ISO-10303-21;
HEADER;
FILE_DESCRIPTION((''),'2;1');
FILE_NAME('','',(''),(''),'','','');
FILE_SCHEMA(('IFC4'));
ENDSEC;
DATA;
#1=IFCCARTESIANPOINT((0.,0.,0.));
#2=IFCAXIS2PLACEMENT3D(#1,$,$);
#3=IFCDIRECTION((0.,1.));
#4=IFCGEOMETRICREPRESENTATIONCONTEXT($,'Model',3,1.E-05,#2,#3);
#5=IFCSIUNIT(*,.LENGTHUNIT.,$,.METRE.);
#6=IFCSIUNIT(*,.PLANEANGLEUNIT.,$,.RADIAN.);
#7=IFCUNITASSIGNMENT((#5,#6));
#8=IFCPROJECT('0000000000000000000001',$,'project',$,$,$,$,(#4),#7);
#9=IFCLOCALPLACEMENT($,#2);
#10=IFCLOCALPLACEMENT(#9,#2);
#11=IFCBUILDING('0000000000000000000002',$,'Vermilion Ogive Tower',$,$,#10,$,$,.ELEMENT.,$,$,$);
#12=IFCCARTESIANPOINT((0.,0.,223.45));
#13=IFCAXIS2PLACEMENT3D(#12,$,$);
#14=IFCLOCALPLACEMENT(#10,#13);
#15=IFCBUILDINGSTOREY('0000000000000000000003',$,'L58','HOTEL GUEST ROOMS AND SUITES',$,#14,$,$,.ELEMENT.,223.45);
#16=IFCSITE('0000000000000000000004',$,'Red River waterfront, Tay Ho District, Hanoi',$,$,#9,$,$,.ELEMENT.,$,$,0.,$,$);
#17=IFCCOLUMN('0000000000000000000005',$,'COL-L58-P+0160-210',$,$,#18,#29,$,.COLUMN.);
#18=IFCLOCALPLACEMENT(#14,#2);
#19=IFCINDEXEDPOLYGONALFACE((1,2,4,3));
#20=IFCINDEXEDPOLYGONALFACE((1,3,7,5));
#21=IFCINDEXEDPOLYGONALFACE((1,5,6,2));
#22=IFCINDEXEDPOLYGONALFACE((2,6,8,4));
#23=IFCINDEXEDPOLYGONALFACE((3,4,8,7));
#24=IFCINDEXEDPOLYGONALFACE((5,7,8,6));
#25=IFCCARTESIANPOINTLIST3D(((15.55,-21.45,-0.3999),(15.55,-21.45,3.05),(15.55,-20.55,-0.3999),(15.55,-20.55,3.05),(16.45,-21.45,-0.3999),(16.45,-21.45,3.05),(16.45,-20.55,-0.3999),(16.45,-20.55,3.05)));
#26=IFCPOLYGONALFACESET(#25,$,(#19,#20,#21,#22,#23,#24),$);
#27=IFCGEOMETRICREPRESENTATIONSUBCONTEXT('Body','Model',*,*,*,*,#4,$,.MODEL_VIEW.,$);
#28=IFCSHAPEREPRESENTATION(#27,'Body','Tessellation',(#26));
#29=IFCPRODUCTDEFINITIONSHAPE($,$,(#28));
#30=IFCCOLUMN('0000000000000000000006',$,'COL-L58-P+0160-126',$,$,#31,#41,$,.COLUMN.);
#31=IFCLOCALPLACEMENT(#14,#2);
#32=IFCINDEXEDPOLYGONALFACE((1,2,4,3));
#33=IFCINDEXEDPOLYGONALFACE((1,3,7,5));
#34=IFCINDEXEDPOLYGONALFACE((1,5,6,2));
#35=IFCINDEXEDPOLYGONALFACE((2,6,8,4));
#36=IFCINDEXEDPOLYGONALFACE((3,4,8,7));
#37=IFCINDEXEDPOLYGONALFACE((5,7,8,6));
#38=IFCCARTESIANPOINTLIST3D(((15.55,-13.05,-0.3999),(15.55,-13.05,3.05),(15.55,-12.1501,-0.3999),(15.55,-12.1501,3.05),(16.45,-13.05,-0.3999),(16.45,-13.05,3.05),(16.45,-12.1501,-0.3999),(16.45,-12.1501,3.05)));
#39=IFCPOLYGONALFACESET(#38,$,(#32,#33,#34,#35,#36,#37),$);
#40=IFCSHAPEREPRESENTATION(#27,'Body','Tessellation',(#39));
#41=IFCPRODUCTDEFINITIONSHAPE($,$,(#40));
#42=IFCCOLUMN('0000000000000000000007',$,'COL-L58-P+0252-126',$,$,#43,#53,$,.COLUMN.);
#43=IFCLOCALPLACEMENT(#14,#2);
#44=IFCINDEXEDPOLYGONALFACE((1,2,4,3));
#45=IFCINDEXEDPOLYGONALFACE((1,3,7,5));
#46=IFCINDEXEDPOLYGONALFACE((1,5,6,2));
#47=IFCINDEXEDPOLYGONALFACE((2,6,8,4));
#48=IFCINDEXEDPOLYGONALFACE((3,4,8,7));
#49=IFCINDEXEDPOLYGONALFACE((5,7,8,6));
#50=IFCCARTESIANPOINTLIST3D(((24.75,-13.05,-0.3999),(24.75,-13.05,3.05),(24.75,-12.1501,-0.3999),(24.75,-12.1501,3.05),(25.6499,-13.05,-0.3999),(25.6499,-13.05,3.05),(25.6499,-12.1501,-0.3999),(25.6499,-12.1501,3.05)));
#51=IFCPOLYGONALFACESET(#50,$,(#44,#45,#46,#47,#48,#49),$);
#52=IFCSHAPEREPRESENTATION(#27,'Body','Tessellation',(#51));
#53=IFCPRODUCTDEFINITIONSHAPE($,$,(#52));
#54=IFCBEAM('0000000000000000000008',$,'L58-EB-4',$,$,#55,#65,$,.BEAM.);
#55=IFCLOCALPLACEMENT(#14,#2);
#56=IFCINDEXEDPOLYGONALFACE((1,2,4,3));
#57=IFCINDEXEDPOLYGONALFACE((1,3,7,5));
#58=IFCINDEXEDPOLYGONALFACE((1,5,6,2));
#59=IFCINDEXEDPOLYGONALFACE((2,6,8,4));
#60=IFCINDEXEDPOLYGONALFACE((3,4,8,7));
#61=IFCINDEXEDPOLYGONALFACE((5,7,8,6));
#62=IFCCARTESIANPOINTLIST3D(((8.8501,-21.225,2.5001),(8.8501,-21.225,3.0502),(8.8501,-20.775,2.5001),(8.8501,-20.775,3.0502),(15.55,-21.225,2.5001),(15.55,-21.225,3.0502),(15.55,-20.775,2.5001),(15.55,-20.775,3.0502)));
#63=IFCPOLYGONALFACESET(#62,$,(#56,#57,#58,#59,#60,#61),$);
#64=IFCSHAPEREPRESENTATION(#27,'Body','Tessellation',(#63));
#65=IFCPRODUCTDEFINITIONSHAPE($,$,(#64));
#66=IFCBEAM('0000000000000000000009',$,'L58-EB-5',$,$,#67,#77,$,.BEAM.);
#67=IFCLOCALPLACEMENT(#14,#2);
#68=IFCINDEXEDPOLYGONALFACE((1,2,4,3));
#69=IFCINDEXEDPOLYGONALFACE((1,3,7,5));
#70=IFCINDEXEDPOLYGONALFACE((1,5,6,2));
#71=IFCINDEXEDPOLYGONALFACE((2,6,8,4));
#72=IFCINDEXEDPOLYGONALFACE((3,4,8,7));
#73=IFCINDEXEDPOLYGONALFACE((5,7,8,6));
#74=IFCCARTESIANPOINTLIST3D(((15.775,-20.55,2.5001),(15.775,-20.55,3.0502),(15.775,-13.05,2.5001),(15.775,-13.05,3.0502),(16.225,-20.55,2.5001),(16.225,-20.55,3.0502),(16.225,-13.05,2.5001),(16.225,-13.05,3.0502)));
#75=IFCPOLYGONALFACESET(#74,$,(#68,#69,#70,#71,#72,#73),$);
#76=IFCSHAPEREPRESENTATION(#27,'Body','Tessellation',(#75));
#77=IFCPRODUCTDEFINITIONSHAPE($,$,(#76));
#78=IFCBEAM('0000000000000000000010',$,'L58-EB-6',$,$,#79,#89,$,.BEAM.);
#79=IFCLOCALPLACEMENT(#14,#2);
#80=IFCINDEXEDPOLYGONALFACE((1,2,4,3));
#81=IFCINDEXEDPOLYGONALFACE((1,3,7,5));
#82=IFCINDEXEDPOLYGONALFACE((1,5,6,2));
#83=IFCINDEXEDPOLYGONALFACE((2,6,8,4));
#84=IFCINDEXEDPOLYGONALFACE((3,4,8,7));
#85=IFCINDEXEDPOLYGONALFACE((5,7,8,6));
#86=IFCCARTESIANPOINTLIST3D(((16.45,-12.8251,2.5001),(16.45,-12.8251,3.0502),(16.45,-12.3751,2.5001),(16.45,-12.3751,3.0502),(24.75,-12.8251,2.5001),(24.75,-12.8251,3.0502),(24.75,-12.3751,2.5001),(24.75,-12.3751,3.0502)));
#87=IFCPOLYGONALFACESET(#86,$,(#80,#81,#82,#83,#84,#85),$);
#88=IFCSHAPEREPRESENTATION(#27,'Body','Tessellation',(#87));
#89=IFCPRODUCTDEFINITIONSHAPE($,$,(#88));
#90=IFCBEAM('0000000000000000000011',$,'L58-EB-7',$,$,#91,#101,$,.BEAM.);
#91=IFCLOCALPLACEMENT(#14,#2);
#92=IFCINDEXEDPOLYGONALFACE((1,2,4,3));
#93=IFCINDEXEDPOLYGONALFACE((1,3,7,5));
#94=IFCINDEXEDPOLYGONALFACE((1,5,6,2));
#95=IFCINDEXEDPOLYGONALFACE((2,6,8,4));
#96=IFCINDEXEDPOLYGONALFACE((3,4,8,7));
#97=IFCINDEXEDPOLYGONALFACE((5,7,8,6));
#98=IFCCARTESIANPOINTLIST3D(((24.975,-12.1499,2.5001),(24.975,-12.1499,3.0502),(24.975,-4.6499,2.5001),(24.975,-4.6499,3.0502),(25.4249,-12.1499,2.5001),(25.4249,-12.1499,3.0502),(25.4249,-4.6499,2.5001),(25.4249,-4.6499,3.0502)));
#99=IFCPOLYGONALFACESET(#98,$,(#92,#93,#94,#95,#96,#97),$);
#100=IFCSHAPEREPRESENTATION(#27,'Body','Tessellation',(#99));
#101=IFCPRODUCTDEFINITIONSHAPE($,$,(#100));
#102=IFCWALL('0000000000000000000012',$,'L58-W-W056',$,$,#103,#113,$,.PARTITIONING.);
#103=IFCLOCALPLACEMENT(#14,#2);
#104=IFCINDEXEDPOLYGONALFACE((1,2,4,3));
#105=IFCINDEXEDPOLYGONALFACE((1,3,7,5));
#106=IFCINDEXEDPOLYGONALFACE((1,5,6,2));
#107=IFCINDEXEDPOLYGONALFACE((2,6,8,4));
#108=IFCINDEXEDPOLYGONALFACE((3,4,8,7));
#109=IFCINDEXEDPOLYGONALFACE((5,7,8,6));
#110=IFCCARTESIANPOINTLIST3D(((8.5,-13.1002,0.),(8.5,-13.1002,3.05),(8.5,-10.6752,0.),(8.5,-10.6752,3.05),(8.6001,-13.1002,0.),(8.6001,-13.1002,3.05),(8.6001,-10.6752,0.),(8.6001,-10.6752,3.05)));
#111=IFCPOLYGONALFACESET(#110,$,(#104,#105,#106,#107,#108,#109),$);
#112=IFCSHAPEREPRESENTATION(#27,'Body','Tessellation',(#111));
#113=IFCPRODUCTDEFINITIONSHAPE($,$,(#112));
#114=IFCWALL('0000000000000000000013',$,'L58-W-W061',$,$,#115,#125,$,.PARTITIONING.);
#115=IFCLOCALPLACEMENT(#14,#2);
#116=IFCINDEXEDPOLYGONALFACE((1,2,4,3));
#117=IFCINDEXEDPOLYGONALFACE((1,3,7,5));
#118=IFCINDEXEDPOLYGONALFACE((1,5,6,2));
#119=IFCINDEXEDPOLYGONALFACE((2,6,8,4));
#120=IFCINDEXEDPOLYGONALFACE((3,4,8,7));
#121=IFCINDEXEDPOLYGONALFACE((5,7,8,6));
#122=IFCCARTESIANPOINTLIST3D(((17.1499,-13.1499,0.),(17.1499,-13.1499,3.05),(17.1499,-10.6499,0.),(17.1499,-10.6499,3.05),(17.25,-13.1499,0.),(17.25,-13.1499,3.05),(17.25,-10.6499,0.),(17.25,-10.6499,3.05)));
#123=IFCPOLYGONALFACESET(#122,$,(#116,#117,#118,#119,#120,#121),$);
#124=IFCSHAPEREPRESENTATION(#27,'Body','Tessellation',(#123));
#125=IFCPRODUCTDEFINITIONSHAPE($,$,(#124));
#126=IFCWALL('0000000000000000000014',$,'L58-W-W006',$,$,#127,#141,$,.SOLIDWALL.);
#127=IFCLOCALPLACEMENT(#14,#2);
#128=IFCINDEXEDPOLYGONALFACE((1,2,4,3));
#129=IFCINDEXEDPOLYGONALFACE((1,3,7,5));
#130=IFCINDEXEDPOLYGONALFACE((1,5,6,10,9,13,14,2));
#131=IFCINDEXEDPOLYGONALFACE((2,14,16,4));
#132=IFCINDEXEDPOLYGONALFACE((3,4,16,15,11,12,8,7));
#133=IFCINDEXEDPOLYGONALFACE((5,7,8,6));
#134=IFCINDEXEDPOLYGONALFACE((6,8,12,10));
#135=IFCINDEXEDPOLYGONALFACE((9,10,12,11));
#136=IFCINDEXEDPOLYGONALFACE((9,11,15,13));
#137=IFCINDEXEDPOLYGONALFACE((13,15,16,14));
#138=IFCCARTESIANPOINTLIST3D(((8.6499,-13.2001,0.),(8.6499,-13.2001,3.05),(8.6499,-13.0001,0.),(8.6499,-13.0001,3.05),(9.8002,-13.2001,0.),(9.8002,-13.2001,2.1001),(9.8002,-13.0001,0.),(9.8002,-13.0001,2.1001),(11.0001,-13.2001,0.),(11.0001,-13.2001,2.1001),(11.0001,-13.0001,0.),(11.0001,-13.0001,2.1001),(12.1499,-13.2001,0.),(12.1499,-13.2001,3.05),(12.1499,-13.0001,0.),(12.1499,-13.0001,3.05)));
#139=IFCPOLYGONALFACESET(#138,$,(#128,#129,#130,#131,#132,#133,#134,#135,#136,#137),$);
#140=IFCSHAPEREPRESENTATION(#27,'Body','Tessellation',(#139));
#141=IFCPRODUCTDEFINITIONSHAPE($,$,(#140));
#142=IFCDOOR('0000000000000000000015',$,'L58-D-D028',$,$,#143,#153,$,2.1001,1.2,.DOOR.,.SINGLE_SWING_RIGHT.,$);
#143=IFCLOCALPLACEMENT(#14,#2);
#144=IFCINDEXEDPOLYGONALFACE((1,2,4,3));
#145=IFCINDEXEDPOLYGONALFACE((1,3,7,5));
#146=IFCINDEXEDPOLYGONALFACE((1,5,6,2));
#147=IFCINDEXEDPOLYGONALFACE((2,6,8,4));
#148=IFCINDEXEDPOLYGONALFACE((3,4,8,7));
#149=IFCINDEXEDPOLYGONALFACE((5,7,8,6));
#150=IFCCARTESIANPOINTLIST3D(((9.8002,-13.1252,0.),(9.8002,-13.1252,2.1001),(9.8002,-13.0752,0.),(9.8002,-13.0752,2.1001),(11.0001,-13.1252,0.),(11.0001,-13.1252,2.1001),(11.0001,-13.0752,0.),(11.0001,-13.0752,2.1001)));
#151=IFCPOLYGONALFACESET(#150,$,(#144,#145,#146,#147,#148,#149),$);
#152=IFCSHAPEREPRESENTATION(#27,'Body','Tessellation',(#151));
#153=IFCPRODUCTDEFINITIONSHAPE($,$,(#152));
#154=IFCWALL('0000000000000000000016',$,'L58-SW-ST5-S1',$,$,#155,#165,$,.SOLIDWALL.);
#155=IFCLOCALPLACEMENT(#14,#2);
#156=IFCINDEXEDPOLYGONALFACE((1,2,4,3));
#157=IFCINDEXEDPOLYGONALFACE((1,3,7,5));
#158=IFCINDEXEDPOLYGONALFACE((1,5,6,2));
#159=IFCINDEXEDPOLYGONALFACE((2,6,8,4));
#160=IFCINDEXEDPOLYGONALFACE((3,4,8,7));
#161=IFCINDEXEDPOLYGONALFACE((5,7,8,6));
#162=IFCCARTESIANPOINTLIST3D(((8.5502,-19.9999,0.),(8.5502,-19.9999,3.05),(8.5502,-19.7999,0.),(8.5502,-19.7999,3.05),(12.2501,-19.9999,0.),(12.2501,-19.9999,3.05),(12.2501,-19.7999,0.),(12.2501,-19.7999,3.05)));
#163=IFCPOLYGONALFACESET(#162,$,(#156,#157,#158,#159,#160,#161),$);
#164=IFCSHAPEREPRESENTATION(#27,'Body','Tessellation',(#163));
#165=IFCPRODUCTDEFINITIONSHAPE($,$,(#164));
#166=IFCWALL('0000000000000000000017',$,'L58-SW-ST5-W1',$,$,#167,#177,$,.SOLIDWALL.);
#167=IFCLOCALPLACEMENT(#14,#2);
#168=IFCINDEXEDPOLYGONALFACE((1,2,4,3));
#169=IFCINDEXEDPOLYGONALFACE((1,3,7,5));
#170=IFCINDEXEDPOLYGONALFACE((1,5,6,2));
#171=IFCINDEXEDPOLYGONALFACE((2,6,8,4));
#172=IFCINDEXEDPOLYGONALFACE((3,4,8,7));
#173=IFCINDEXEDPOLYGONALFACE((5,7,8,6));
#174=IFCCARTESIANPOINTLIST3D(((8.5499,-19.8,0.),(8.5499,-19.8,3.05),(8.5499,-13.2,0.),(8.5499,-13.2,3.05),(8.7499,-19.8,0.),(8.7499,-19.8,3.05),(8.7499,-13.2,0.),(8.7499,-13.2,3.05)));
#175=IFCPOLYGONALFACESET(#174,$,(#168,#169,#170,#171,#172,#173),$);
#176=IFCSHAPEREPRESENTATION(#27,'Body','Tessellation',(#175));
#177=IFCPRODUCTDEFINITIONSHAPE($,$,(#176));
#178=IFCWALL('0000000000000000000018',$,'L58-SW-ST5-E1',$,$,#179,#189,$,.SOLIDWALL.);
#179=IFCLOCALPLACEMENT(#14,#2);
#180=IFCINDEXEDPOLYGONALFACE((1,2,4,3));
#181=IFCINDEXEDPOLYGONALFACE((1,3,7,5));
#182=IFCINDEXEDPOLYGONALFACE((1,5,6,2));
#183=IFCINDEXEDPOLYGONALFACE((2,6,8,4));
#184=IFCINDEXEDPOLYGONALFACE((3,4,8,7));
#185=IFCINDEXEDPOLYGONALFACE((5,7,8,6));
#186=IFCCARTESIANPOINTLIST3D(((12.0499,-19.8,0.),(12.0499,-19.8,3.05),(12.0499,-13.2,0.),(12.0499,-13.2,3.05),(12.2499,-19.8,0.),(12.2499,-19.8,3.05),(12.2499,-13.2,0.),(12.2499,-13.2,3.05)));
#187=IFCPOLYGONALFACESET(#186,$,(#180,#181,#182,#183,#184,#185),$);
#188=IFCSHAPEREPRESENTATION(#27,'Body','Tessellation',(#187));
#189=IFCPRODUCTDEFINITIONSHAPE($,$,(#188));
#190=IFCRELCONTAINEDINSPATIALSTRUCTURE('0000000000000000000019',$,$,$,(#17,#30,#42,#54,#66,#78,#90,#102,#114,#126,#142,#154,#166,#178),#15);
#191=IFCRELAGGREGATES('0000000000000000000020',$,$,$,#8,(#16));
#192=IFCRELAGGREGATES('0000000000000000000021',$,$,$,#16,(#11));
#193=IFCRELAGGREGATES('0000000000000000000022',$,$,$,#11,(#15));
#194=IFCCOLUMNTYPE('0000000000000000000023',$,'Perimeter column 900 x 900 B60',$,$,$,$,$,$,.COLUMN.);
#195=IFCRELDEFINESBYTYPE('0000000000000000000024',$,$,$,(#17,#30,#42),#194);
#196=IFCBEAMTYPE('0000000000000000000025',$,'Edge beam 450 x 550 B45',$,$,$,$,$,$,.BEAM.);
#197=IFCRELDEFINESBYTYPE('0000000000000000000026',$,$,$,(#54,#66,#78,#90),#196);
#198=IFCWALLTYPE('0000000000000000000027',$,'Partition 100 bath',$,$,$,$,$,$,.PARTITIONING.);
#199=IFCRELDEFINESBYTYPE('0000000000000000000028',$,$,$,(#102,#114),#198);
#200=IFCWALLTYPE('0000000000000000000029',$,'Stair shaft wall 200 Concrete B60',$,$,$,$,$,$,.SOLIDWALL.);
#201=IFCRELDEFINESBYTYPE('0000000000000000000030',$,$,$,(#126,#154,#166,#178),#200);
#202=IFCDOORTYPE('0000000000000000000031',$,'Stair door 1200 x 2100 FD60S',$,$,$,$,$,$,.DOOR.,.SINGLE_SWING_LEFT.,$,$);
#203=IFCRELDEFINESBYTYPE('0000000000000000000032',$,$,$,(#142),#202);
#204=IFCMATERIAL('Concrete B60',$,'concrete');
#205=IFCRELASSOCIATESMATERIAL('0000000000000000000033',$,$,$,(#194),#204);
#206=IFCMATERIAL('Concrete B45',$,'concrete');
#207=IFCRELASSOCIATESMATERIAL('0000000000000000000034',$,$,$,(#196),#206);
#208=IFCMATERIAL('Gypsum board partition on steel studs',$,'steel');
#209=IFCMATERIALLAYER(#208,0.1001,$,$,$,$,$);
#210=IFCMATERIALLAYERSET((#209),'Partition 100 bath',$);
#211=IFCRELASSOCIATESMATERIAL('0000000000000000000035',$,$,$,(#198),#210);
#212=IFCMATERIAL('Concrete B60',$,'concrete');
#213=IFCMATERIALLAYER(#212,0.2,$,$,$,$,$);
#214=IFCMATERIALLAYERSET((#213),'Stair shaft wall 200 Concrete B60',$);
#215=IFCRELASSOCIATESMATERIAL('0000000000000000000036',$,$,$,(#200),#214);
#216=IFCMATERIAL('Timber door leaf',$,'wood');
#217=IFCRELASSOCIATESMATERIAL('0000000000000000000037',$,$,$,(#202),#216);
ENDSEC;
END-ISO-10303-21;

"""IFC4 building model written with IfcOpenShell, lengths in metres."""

from ifc_helpers import new_model, si_unit, direction, frame, frame_2d, origin, origin_2d, place, context, subcontext, project, spatial, rectangle, extrude, material, layer, layer_set, material_profile, profile_set, type_object, element, fill, save


model = new_model("IFC4")

# Units and contexts
model_context = context("Model", 3, precision=1e-05, world=origin(), true_north=direction((0.0, 1.0)))
body_context = subcontext(model_context, "Body", "Model", "MODEL_VIEW")
ifc_project = project(units=[si_unit("LENGTHUNIT", "METRE"), si_unit("PLANEANGLEUNIT", "RADIAN")], contexts=[model_context])

# Site, building, storey
site_placement = place(None, origin())
site = spatial("IfcSite", under=ifc_project, at=site_placement, Name="Red River waterfront, Tay Ho District, Hanoi", CompositionType="ELEMENT", RefElevation=0.0)
building_placement = place(site_placement, origin())
building = spatial("IfcBuilding", under=site, at=building_placement, Name="Vermilion Ogive Tower", CompositionType="ELEMENT")
storey_placement = place(building_placement, frame((0.0, 0.0, 223.45)))
storey = spatial("IfcBuildingStorey", under=building, at=storey_placement, Name="L58", Description="HOTEL GUEST ROOMS AND SUITES", CompositionType="ELEMENT", Elevation=223.45)

# Columns
ifc_material_1 = material(Name="Concrete B60", Category="concrete")
ifc_material_profile_1 = material_profile(ifc_material_1, rectangle(XDim=0.8999, YDim=0.8999, at=origin_2d()), Name="900 x 900")
ifc_profile_set_1 = profile_set([ifc_material_profile_1], Name="Concrete B60")
column_type = type_object("IfcColumnType", Name="Perimeter column 900 x 900 B60", PredefinedType="COLUMN", material=ifc_profile_set_1)
for number, where, z_axis, x_axis, name in (
    (1, (16.0, -21.0, -0.3999), (0.0, 0.0, 1.0), (1.0, 0.0, 0.0), "COL-L58-P+0160-210"),
    (2, (16.0, -12.6001, -0.3999), (0.0, 0.0, 1.0), (1.0, 0.0, 0.0), "COL-L58-P+0160-126"),
    (3, (25.2, -12.6001, -0.3999), (0.0, 0.0, 1.0), (1.0, 0.0, 0.0), "COL-L58-P+0252-126"),
):
    element("IfcColumn", number, at=place(storey_placement, frame(where, z_axis=z_axis, x_axis=x_axis)), inside=storey, type_object=column_type, Name=name, PredefinedType="COLUMN", context=body_context, shape_type="SweptSolid", body=[
        extrude(rectangle(XDim=0.8999, YDim=0.8999, at=origin_2d()), origin(), (0.0, 0.0, 1.0), 3.45),
    ])

# Beams
ifc_material_2 = material(Name="Concrete B45", Category="concrete")
ifc_material_profile_2 = material_profile(ifc_material_2, rectangle(XDim=0.45, YDim=0.55, at=origin_2d()), Name="450 x 550")
ifc_profile_set_2 = profile_set([ifc_material_profile_2], Name="Concrete B45")
beam_type = type_object("IfcBeamType", Name="Edge beam 450 x 550 B45", PredefinedType="BEAM", material=ifc_profile_set_2)
beam_1_placement = place(storey_placement, frame((8.8501, -21.0, 2.7751), z_axis=(1.0, 0.0, 0.0), x_axis=(0.0, 1.0, 0.0)))
element("IfcBeam", 4, at=beam_1_placement, inside=storey, type_object=beam_type, Name="L58-EB-4", PredefinedType="BEAM", context=body_context, shape_type="SweptSolid", body=[
    extrude(rectangle(XDim=0.45, YDim=0.55, at=origin_2d()), origin(), (0.0, 0.0, 1.0), 6.7),
])
beam_2_placement = place(storey_placement, frame((16.0, -20.55, 2.7751), z_axis=(0.0, 1.0, 0.0), x_axis=(-1.0, 0.0, 0.0)))
element("IfcBeam", 5, at=beam_2_placement, inside=storey, type_object=beam_type, Name="L58-EB-5", PredefinedType="BEAM", context=body_context, shape_type="SweptSolid", body=[
    extrude(rectangle(XDim=0.45, YDim=0.55, at=origin_2d()), origin(), (0.0, 0.0, 1.0), 7.5),
])
beam_3_placement = place(storey_placement, frame((16.45, -12.6001, 2.7751), z_axis=(1.0, 0.0, 0.0), x_axis=(0.0, 1.0, 0.0)))
element("IfcBeam", 6, at=beam_3_placement, inside=storey, type_object=beam_type, Name="L58-EB-6", PredefinedType="BEAM", context=body_context, shape_type="SweptSolid", body=[
    extrude(rectangle(XDim=0.45, YDim=0.55, at=origin_2d()), origin(), (0.0, 0.0, 1.0), 8.3),
])
beam_4_placement = place(storey_placement, frame((25.2, -12.1499, 2.7751), z_axis=(0.0, 1.0, 0.0), x_axis=(-1.0, 0.0, 0.0)))
element("IfcBeam", 7, at=beam_4_placement, inside=storey, type_object=beam_type, Name="L58-EB-7", PredefinedType="BEAM", context=body_context, shape_type="SweptSolid", body=[
    extrude(rectangle(XDim=0.45, YDim=0.55, at=origin_2d()), origin(), (0.0, 0.0, 1.0), 7.5),
])

# Walls
ifc_material_3 = material(Name="Gypsum board partition on steel studs", Category="steel")
ifc_layer_1 = layer(ifc_material_3, 0.1001)
ifc_layer_set_1 = layer_set([ifc_layer_1], Name="Partition 100 bath")
wall_type_1 = type_object("IfcWallType", Name="Partition 100 bath", PredefinedType="PARTITIONING", material=ifc_layer_set_1)
wall_1_placement = place(storey_placement, frame((8.55, -13.1001, 0.0), z_axis=(0.0, 0.0, 1.0), x_axis=(0.0, 1.0, 0.0)))
element("IfcWall", 8, at=wall_1_placement, inside=storey, type_object=wall_type_1, Name="L58-W-W056", PredefinedType="PARTITIONING", context=body_context, shape_type="SweptSolid", body=[
    extrude(rectangle(XDim=2.425, YDim=0.1001, at=frame_2d((1.2124, 0.0))), origin(), (0.0, 0.0, 1.0), 3.05),
])
wall_2_placement = place(storey_placement, frame((17.2, -13.1499, 0.0), z_axis=(0.0, 0.0, 1.0), x_axis=(0.0, 1.0, 0.0)))
element("IfcWall", 9, at=wall_2_placement, inside=storey, type_object=wall_type_1, Name="L58-W-W061", PredefinedType="PARTITIONING", context=body_context, shape_type="SweptSolid", body=[
    extrude(rectangle(XDim=2.5, YDim=0.1001, at=frame_2d((1.25, 0.0))), origin(), (0.0, 0.0, 1.0), 3.05),
])

# Wall, opening, door
ifc_material_4 = material(Name="Concrete B60", Category="concrete")
ifc_layer_2 = layer(ifc_material_4, 0.2)
ifc_layer_set_2 = layer_set([ifc_layer_2], Name="Stair shaft wall 200 Concrete B60")
wall_type_2 = type_object("IfcWallType", Name="Stair shaft wall 200 Concrete B60", PredefinedType="SOLIDWALL", material=ifc_layer_set_2)
wall_3_placement = place(storey_placement, frame((8.6499, -13.1001, 0.0), z_axis=(0.0, 0.0, 1.0), x_axis=(1.0, 0.0, 0.0)))
wall_3 = element("IfcWall", 10, at=wall_3_placement, inside=storey, type_object=wall_type_2, Name="L58-W-W006", PredefinedType="SOLIDWALL", context=body_context, shape_type="SweptSolid", body=[
    extrude(rectangle(XDim=3.5, YDim=0.2, at=frame_2d((1.75, 0.0))), origin(), (0.0, 0.0, 1.0), 3.05),
])
opening_1_placement = place(wall_3_placement, frame((1.1501, 0.0, 0.0)))
opening_1 = element("IfcOpeningElement", 11, at=opening_1_placement, cuts=wall_3, PredefinedType="OPENING", context=body_context, shape_type="SweptSolid", body=[
    extrude(rectangle(XDim=1.2, YDim=2.1001, at=frame_2d((0.6001, 1.05))), frame((0.0, 0.1099, 0.0), z_axis=(0.0, -1.0, 0.0), x_axis=(1.0, 0.0, 0.0)), (0.0, 0.0, 1.0), 0.22),
])
ifc_material_5 = material(Name="Timber door leaf", Category="wood")
door_type_1 = type_object("IfcDoorType", Name="Stair door 1200 x 2100 FD60S", OperationType="SINGLE_SWING_LEFT", PredefinedType="DOOR", material=ifc_material_5)
door_1_placement = place(opening_1_placement, origin())
door_1 = element("IfcDoor", 12, at=door_1_placement, inside=storey, type_object=door_type_1, Name="L58-D-D028", OperationType="SINGLE_SWING_RIGHT", OverallHeight=2.1001, OverallWidth=1.2, PredefinedType="DOOR", context=body_context, shape_type="SweptSolid", body=[
    extrude(rectangle(XDim=1.2, YDim=2.1001, at=frame_2d((0.6001, 1.05))), frame((0.0, 0.0249, 0.0), z_axis=(0.0, -1.0, 0.0), x_axis=(1.0, 0.0, 0.0)), (0.0, 0.0, 1.0), 0.05),
])
fill(opening_1, door_1)

# Walls
wall_4_placement = place(storey_placement, frame((8.55, -19.8999, 0.0), z_axis=(0.0, 0.0, 1.0), x_axis=(1.0, 0.0, 0.0)))
element("IfcWall", 13, at=wall_4_placement, inside=storey, type_object=wall_type_2, Name="L58-SW-ST5-S1", PredefinedType="SOLIDWALL", context=body_context, shape_type="SweptSolid", body=[
    extrude(rectangle(XDim=3.7, YDim=0.2, at=frame_2d((1.8501, 0.0))), origin(), (0.0, 0.0, 1.0), 3.05),
])
for number, where, z_axis, x_axis, name in (
    (14, (8.6499, -19.8, 0.0), (0.0, 0.0, 1.0), (0.0, 1.0, 0.0), "L58-SW-ST5-W1"),
    (15, (12.1499, -19.8, 0.0), (0.0, 0.0, 1.0), (0.0, 1.0, 0.0), "L58-SW-ST5-E1"),
):
    element("IfcWall", number, at=place(storey_placement, frame(where, z_axis=z_axis, x_axis=x_axis)), inside=storey, type_object=wall_type_2, Name=name, PredefinedType="SOLIDWALL", context=body_context, shape_type="SweptSolid", body=[
        extrude(rectangle(XDim=6.6001, YDim=0.2, at=frame_2d((3.3, 0.0))), origin(), (0.0, 0.0, 1.0), 3.05),
    ])

save(model, "model.ifc")
